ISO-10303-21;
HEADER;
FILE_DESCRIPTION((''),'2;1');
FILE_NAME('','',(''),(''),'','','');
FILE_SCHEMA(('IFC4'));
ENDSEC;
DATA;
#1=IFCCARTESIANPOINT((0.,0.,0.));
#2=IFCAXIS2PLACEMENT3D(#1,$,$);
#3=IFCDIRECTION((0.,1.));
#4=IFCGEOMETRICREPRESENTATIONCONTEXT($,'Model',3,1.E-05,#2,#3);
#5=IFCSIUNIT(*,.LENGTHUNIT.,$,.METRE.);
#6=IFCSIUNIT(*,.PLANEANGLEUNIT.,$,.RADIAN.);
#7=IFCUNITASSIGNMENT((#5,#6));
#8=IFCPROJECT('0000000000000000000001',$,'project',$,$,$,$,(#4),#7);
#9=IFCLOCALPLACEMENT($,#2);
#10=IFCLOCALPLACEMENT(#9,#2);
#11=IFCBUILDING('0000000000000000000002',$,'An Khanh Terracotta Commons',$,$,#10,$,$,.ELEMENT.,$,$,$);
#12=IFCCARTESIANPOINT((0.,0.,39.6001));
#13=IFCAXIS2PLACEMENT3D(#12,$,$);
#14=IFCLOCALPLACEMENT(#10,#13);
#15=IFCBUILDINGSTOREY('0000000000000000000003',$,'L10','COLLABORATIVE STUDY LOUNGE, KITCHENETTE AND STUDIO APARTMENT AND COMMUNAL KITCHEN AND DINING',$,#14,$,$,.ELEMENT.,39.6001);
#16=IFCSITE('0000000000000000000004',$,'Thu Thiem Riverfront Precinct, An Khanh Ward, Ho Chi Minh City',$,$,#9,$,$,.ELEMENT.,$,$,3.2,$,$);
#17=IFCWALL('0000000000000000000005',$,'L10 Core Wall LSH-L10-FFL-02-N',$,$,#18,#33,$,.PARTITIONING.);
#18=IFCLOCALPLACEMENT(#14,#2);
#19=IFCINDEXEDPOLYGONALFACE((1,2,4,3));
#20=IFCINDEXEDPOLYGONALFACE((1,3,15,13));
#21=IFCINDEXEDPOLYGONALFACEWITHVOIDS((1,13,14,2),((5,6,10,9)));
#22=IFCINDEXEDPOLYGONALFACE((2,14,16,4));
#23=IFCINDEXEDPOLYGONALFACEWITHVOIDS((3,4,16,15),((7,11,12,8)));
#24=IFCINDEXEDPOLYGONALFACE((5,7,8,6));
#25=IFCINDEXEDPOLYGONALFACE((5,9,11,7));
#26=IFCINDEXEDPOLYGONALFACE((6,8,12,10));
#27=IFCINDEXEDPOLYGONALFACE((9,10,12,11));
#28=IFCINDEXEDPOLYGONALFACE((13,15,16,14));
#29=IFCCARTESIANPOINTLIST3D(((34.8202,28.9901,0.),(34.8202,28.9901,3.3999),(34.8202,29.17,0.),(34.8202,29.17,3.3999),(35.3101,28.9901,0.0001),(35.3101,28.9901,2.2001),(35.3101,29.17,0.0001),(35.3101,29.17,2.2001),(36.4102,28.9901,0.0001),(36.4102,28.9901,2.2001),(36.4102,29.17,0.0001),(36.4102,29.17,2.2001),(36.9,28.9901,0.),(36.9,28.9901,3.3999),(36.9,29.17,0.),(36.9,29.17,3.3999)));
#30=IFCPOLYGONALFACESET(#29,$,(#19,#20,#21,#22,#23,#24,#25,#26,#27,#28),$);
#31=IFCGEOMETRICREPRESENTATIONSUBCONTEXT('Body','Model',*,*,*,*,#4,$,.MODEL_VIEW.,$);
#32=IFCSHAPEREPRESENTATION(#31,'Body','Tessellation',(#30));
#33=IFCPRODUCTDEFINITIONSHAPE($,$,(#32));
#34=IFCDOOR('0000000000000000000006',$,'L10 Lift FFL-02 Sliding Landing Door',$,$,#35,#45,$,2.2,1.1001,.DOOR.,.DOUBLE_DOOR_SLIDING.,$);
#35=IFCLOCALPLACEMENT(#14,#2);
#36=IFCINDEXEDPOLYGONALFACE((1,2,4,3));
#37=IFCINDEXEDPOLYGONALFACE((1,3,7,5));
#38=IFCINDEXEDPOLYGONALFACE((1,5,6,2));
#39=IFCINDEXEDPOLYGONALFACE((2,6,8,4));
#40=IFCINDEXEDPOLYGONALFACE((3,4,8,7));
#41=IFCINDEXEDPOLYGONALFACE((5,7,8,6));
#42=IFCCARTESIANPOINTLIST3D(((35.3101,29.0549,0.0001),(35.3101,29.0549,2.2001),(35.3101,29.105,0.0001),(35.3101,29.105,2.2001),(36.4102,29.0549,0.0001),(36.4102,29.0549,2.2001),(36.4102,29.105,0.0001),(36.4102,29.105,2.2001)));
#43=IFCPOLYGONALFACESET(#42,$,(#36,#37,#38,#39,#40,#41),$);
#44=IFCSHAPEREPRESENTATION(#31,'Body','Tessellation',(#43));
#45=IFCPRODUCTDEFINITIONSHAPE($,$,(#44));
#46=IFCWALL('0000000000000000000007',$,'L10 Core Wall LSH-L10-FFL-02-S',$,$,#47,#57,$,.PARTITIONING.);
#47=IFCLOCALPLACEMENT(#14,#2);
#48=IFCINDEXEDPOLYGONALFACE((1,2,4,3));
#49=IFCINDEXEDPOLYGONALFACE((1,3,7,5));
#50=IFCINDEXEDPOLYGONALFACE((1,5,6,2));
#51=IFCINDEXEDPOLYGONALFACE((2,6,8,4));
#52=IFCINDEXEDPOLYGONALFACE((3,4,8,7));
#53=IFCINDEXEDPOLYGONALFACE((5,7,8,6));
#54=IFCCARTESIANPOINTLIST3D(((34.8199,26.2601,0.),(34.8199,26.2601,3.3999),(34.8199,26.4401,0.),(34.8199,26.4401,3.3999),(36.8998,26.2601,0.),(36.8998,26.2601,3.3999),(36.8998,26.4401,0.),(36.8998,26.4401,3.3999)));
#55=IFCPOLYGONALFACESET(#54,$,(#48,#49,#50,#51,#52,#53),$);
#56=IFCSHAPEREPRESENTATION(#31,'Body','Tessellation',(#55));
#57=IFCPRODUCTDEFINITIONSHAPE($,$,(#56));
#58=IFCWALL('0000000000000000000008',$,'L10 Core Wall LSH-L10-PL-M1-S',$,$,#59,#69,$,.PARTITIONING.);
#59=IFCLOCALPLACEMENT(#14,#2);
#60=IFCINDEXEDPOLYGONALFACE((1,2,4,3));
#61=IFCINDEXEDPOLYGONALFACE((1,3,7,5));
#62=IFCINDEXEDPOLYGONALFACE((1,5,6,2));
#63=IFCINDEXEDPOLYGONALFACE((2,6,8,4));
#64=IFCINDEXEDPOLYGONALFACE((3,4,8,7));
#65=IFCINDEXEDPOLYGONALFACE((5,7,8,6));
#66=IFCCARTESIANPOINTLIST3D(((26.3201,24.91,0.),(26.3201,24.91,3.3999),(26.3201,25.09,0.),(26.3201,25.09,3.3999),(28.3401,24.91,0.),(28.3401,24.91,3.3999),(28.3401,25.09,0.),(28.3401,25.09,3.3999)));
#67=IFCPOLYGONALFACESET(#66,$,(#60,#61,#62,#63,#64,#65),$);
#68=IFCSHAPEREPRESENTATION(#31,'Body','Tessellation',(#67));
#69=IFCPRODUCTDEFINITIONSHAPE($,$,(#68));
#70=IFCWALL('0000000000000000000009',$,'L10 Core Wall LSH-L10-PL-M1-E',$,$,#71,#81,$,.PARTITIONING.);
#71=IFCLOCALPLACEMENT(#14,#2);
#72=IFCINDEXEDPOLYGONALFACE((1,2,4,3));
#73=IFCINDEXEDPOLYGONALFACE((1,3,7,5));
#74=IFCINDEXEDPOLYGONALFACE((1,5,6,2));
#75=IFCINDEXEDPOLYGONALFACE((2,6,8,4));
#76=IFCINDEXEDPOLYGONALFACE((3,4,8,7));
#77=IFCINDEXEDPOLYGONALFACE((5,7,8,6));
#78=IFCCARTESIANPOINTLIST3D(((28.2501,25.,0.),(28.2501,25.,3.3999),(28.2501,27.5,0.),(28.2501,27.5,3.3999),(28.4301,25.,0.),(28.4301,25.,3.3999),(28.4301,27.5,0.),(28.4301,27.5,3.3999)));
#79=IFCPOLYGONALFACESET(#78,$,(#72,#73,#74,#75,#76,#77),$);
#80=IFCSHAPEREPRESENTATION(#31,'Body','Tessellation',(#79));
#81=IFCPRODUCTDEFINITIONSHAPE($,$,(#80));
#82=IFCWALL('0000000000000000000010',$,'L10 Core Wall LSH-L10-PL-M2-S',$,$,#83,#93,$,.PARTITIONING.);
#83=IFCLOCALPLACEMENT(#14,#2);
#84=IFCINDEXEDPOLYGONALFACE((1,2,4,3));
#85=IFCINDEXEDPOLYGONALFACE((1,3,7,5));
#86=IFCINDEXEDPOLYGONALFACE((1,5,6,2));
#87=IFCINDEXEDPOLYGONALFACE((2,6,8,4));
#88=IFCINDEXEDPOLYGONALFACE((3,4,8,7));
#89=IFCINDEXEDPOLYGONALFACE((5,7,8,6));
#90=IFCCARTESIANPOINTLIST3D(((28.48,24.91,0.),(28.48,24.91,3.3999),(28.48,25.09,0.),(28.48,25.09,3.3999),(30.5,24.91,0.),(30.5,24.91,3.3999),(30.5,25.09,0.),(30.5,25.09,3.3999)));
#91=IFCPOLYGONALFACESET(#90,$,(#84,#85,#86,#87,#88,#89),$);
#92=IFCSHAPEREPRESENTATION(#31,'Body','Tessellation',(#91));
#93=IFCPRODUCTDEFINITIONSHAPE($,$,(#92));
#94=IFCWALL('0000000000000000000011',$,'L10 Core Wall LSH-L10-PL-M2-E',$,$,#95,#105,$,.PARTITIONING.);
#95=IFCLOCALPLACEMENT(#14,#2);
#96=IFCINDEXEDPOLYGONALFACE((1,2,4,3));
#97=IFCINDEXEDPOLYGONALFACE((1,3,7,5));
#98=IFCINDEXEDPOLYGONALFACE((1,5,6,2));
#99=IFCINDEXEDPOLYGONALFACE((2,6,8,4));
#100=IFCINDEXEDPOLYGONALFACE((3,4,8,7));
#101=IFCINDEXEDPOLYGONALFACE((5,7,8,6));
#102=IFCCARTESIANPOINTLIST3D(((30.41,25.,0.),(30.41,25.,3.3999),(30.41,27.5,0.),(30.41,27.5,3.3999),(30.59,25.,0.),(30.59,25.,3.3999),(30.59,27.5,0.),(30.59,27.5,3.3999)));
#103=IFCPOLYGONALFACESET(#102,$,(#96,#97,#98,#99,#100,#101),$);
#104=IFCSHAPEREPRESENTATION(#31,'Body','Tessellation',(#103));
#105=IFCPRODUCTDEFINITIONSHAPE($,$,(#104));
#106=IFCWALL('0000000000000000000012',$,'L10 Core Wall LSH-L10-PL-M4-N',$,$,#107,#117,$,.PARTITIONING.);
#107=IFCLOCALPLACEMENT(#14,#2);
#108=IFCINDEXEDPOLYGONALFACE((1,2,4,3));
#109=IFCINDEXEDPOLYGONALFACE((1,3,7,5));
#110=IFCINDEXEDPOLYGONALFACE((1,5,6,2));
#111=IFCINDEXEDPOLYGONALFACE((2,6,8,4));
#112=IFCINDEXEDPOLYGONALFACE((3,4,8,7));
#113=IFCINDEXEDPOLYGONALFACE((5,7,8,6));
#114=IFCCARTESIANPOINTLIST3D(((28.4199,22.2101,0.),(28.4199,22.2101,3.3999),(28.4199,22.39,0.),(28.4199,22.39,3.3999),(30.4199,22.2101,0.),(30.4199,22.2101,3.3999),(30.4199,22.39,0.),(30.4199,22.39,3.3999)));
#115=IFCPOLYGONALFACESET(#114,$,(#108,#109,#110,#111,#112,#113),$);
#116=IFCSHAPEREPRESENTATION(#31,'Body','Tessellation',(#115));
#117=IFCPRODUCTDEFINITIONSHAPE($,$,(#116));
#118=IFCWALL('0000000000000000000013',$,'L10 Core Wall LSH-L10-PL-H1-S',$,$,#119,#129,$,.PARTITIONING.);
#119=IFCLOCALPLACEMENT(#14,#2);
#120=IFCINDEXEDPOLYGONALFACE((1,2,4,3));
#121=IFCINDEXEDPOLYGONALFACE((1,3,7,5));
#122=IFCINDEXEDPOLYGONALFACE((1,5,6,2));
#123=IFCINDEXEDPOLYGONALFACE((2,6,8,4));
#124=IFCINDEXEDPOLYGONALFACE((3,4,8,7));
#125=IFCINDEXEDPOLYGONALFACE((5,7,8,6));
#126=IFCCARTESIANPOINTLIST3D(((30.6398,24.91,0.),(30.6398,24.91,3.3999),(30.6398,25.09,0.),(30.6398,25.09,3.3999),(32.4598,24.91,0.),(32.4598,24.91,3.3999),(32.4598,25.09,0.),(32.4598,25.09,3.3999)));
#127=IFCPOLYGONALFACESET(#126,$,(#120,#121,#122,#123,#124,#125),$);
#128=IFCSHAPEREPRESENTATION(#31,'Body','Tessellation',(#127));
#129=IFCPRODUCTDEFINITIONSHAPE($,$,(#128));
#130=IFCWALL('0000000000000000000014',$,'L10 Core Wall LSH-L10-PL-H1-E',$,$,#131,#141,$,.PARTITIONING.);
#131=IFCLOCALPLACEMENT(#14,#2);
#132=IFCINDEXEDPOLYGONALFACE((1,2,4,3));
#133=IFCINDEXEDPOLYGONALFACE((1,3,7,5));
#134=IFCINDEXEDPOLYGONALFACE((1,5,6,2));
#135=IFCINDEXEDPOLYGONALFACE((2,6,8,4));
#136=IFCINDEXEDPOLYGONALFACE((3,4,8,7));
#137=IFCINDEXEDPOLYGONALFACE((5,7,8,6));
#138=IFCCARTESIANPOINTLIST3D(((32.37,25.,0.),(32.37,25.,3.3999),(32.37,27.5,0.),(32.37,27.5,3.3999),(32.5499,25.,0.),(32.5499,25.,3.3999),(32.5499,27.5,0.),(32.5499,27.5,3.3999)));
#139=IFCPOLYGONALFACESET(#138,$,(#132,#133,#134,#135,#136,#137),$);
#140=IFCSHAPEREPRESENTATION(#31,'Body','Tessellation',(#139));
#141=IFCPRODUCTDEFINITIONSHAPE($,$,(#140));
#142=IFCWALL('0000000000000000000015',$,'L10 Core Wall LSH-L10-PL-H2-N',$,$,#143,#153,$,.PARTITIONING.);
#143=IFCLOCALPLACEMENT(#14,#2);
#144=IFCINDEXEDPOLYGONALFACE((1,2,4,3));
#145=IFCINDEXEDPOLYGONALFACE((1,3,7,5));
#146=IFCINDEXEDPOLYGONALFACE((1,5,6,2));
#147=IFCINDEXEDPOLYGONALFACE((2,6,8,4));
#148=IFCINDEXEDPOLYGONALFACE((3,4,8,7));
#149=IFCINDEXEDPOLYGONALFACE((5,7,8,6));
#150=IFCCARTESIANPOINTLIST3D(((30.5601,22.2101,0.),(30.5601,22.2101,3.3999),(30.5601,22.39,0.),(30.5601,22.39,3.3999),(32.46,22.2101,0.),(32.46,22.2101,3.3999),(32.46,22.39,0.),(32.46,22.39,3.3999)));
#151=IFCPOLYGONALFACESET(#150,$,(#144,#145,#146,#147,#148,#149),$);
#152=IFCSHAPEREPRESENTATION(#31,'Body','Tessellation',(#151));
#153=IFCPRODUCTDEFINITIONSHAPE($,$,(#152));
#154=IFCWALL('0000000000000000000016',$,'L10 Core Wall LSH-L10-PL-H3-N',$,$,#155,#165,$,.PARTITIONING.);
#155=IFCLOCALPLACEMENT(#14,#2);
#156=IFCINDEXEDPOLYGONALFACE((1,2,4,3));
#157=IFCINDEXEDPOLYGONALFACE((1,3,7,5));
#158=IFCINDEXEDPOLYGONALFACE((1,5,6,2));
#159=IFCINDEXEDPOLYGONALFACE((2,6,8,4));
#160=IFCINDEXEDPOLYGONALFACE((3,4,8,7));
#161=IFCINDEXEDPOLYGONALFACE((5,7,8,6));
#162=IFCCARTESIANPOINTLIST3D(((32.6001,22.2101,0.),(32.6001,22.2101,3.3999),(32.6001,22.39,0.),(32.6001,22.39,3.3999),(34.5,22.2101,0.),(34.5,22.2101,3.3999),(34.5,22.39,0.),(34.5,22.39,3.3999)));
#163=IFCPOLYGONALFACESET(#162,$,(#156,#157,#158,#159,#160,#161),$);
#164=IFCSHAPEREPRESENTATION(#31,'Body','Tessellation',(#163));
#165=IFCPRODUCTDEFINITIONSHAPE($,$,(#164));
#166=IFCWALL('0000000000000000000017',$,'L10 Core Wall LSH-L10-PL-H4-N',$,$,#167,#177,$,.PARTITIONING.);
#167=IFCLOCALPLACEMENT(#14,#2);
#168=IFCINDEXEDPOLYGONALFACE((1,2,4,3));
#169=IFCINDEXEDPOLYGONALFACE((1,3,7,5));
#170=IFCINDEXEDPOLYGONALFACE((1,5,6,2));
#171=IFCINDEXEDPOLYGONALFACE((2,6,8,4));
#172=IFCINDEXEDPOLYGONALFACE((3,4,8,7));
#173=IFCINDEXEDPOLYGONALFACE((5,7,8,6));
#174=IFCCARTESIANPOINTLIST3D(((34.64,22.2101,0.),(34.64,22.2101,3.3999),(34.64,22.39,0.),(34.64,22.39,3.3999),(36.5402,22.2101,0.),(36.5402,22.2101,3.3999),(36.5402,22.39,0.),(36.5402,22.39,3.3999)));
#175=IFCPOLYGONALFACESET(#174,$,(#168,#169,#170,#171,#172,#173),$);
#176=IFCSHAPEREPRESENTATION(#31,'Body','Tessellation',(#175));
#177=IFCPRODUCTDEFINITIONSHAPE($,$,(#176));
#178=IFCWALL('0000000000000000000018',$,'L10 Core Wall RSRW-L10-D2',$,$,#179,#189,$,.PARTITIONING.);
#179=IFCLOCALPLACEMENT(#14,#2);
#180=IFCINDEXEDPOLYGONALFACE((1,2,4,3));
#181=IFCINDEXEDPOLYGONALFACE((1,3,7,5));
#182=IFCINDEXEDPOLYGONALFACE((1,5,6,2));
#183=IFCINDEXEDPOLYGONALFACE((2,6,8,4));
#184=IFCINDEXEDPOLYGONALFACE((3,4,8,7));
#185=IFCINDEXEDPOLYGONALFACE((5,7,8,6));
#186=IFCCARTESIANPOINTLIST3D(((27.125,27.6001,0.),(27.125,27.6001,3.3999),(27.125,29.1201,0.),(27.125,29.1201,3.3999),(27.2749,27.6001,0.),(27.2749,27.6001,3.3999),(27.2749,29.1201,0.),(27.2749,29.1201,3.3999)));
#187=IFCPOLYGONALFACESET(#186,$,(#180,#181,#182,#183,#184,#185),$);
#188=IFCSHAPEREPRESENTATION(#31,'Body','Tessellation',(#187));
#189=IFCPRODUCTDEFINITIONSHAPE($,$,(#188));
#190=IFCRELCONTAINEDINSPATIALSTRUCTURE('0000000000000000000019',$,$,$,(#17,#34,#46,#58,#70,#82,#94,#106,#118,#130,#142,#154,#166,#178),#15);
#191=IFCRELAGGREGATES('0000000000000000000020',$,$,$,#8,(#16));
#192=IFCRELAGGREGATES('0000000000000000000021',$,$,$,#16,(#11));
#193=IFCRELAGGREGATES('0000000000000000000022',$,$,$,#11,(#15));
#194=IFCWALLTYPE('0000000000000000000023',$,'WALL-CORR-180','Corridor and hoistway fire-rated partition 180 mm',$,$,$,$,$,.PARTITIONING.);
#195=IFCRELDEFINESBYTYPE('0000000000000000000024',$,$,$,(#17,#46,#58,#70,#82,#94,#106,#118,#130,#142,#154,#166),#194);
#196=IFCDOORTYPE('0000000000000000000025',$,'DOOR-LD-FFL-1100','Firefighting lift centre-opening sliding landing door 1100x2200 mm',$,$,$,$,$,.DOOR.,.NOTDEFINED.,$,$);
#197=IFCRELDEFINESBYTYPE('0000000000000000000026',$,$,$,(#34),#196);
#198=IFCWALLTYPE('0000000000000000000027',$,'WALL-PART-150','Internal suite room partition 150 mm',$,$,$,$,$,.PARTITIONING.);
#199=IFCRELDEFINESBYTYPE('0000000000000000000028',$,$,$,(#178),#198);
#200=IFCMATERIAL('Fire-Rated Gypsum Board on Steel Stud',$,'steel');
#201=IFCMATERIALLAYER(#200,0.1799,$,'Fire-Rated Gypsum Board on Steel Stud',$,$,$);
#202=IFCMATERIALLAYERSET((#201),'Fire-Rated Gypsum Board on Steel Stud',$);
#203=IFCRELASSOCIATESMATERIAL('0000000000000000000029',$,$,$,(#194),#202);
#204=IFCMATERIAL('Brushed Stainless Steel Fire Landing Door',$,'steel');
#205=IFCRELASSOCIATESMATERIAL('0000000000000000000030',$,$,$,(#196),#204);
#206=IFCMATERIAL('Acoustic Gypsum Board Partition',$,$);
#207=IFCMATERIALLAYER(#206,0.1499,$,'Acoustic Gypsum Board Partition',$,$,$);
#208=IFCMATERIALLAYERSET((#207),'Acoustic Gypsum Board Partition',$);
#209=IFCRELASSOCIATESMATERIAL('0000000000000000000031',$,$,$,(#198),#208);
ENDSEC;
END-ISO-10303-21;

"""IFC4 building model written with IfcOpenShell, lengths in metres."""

from ifc_helpers import new_model, si_unit, direction, frame, frame_2d, origin, place, context, subcontext, project, spatial, rectangle, extrude, material, layer, layer_set, type_object, element, fill, save


model = new_model("IFC4")

# Units and contexts
model_context = context("Model", 3, precision=1e-05, world=origin(), true_north=direction((0.0, 1.0)))
body_context = subcontext(model_context, "Body", "Model", "MODEL_VIEW")
ifc_project = project(units=[si_unit("LENGTHUNIT", "METRE"), si_unit("PLANEANGLEUNIT", "RADIAN")], contexts=[model_context])

# Site, building, storey
site_placement = place(None, origin())
site = spatial("IfcSite", under=ifc_project, at=site_placement, Name="Thu Thiem Riverfront Precinct, An Khanh Ward, Ho Chi Minh City", CompositionType="ELEMENT", RefElevation=3.2)
building_placement = place(site_placement, origin())
building = spatial("IfcBuilding", under=site, at=building_placement, Name="An Khanh Terracotta Commons", CompositionType="ELEMENT")
storey_placement = place(building_placement, frame((0.0, 0.0, 39.6001)))
storey = spatial("IfcBuildingStorey", under=building, at=storey_placement, Name="L10", Description="COLLABORATIVE STUDY LOUNGE, KITCHENETTE AND STUDIO APARTMENT AND COMMUNAL KITCHEN AND DINING", CompositionType="ELEMENT", Elevation=39.6001)

# Shared definitions
ifc_material_1 = material(Name="Fire-Rated Gypsum Board on Steel Stud", Category="steel")
ifc_layer_1 = layer(ifc_material_1, 0.1799, Name="Fire-Rated Gypsum Board on Steel Stud")
ifc_layer_set_1 = layer_set([ifc_layer_1], Name="Fire-Rated Gypsum Board on Steel Stud")
wall_type_1 = type_object("IfcWallType", Name="WALL-CORR-180", Description="Corridor and hoistway fire-rated partition 180 mm", PredefinedType="PARTITIONING", material=ifc_layer_set_1)

# Shared definitions
ifc_material_2 = material(Name="Brushed Stainless Steel Fire Landing Door", Category="steel")
door_type_1 = type_object("IfcDoorType", Name="DOOR-LD-FFL-1100", Description="Firefighting lift centre-opening sliding landing door 1100x2200 mm", OperationType="NOTDEFINED", PredefinedType="DOOR", material=ifc_material_2)

# Wall, opening, door
wall_1_placement = place(storey_placement, frame((34.8201, 29.0801, 0.0), z_axis=(0.0, 0.0, 1.0), x_axis=(1.0, 0.0, 0.0)))
wall_1 = element("IfcWall", 1, at=wall_1_placement, inside=storey, type_object=wall_type_1, Name="L10 Core Wall LSH-L10-FFL-02-N", PredefinedType="PARTITIONING", context=body_context, shape_type="SweptSolid", body=[
    extrude(rectangle(XDim=2.0798, YDim=0.1799, at=frame_2d((1.04, 0.0))), origin(), (0.0, 0.0, 1.0), 3.3999),
])
opening_1_placement = place(wall_1_placement, frame((0.49, 0.0, 0.0)))
opening_1 = element("IfcOpeningElement", 2, at=opening_1_placement, cuts=wall_1, PredefinedType="OPENING", context=body_context, shape_type="SweptSolid", body=[
    extrude(rectangle(XDim=1.1001, YDim=2.2, at=frame_2d((0.55, 1.1001))), frame((0.0, 0.0999, 0.0), z_axis=(0.0, -1.0, 0.0), x_axis=(1.0, 0.0, 0.0)), (0.0, 0.0, 1.0), 0.2),
])
door_1_placement = place(opening_1_placement, origin())
door_1 = element("IfcDoor", 3, at=door_1_placement, inside=storey, type_object=door_type_1, Name="L10 Lift FFL-02 Sliding Landing Door", OperationType="DOUBLE_DOOR_SLIDING", OverallHeight=2.2, OverallWidth=1.1001, PredefinedType="DOOR", context=body_context, shape_type="SweptSolid", body=[
    extrude(rectangle(XDim=1.1001, YDim=2.2, at=frame_2d((0.55, 1.1001))), frame((0.0, 0.0249, 0.0), z_axis=(0.0, -1.0, 0.0), x_axis=(1.0, 0.0, 0.0)), (0.0, 0.0, 1.0), 0.05),
])
fill(opening_1, door_1)

# Walls
wall_2_placement = place(storey_placement, frame((36.8999, 26.3501, 0.0), z_axis=(0.0, 0.0, 1.0), x_axis=(-1.0, 0.0, 0.0)))
element("IfcWall", 4, at=wall_2_placement, inside=storey, type_object=wall_type_1, Name="L10 Core Wall LSH-L10-FFL-02-S", PredefinedType="PARTITIONING", context=body_context, shape_type="SweptSolid", body=[
    extrude(rectangle(XDim=2.0798, YDim=0.1799, at=frame_2d((1.04, 0.0))), origin(), (0.0, 0.0, 1.0), 3.3999),
])
wall_3_placement = place(storey_placement, frame((28.3401, 25.0, 0.0), z_axis=(0.0, 0.0, 1.0), x_axis=(-1.0, 0.0, 0.0)))
element("IfcWall", 5, at=wall_3_placement, inside=storey, type_object=wall_type_1, Name="L10 Core Wall LSH-L10-PL-M1-S", PredefinedType="PARTITIONING", context=body_context, shape_type="SweptSolid", body=[
    extrude(rectangle(XDim=2.02, YDim=0.1799, at=frame_2d((1.01, 0.0))), origin(), (0.0, 0.0, 1.0), 3.3999),
])
wall_4_placement = place(storey_placement, frame((28.3401, 25.0, 0.0), z_axis=(0.0, 0.0, 1.0), x_axis=(0.0, 1.0, 0.0)))
element("IfcWall", 6, at=wall_4_placement, inside=storey, type_object=wall_type_1, Name="L10 Core Wall LSH-L10-PL-M1-E", PredefinedType="PARTITIONING", context=body_context, shape_type="SweptSolid", body=[
    extrude(rectangle(XDim=2.5, YDim=0.1799, at=frame_2d((1.25, 0.0))), origin(), (0.0, 0.0, 1.0), 3.3999),
])
wall_5_placement = place(storey_placement, frame((30.5, 25.0, 0.0), z_axis=(0.0, 0.0, 1.0), x_axis=(-1.0, 0.0, 0.0)))
element("IfcWall", 7, at=wall_5_placement, inside=storey, type_object=wall_type_1, Name="L10 Core Wall LSH-L10-PL-M2-S", PredefinedType="PARTITIONING", context=body_context, shape_type="SweptSolid", body=[
    extrude(rectangle(XDim=2.02, YDim=0.1799, at=frame_2d((1.01, 0.0))), origin(), (0.0, 0.0, 1.0), 3.3999),
])
wall_6_placement = place(storey_placement, frame((30.5, 25.0, 0.0), z_axis=(0.0, 0.0, 1.0), x_axis=(0.0, 1.0, 0.0)))
element("IfcWall", 8, at=wall_6_placement, inside=storey, type_object=wall_type_1, Name="L10 Core Wall LSH-L10-PL-M2-E", PredefinedType="PARTITIONING", context=body_context, shape_type="SweptSolid", body=[
    extrude(rectangle(XDim=2.5, YDim=0.1799, at=frame_2d((1.25, 0.0))), origin(), (0.0, 0.0, 1.0), 3.3999),
])
wall_7_placement = place(storey_placement, frame((28.4199, 22.3, 0.0), z_axis=(0.0, 0.0, 1.0), x_axis=(1.0, 0.0, 0.0)))
element("IfcWall", 9, at=wall_7_placement, inside=storey, type_object=wall_type_1, Name="L10 Core Wall LSH-L10-PL-M4-N", PredefinedType="PARTITIONING", context=body_context, shape_type="SweptSolid", body=[
    extrude(rectangle(XDim=2.0, YDim=0.1799, at=frame_2d((1.0, 0.0))), origin(), (0.0, 0.0, 1.0), 3.3999),
])
wall_8_placement = place(storey_placement, frame((32.46, 25.0, 0.0), z_axis=(0.0, 0.0, 1.0), x_axis=(-1.0, 0.0, 0.0)))
element("IfcWall", 10, at=wall_8_placement, inside=storey, type_object=wall_type_1, Name="L10 Core Wall LSH-L10-PL-H1-S", PredefinedType="PARTITIONING", context=body_context, shape_type="SweptSolid", body=[
    extrude(rectangle(XDim=1.8201, YDim=0.1799, at=frame_2d((0.9102, 0.0))), origin(), (0.0, 0.0, 1.0), 3.3999),
])
wall_9_placement = place(storey_placement, frame((32.46, 25.0, 0.0), z_axis=(0.0, 0.0, 1.0), x_axis=(0.0, 1.0, 0.0)))
element("IfcWall", 11, at=wall_9_placement, inside=storey, type_object=wall_type_1, Name="L10 Core Wall LSH-L10-PL-H1-E", PredefinedType="PARTITIONING", context=body_context, shape_type="SweptSolid", body=[
    extrude(rectangle(XDim=2.5, YDim=0.1799, at=frame_2d((1.25, 0.0))), origin(), (0.0, 0.0, 1.0), 3.3999),
])
for number, where, z_axis, x_axis, name in (
    (12, (30.5601, 22.3, 0.0), (0.0, 0.0, 1.0), (1.0, 0.0, 0.0), "L10 Core Wall LSH-L10-PL-H2-N"),
    (13, (32.6001, 22.3, 0.0), (0.0, 0.0, 1.0), (1.0, 0.0, 0.0), "L10 Core Wall LSH-L10-PL-H3-N"),
):
    element("IfcWall", number, at=place(storey_placement, frame(where, z_axis=z_axis, x_axis=x_axis)), inside=storey, type_object=wall_type_1, Name=name, PredefinedType="PARTITIONING", context=body_context, shape_type="SweptSolid", body=[
        extrude(rectangle(XDim=1.8999, YDim=0.1799, at=frame_2d((0.95, 0.0))), origin(), (0.0, 0.0, 1.0), 3.3999),
    ])
wall_10_placement = place(storey_placement, frame((34.6399, 22.3, 0.0), z_axis=(0.0, 0.0, 1.0), x_axis=(1.0, 0.0, 0.0)))
element("IfcWall", 14, at=wall_10_placement, inside=storey, type_object=wall_type_1, Name="L10 Core Wall LSH-L10-PL-H4-N", PredefinedType="PARTITIONING", context=body_context, shape_type="SweptSolid", body=[
    extrude(rectangle(XDim=1.9001, YDim=0.1799, at=frame_2d((0.9502, 0.0))), origin(), (0.0, 0.0, 1.0), 3.3999),
])
ifc_material_3 = material(Name="Acoustic Gypsum Board Partition")
ifc_layer_2 = layer(ifc_material_3, 0.1499, Name="Acoustic Gypsum Board Partition")
ifc_layer_set_2 = layer_set([ifc_layer_2], Name="Acoustic Gypsum Board Partition")
wall_type_2 = type_object("IfcWallType", Name="WALL-PART-150", Description="Internal suite room partition 150 mm", PredefinedType="PARTITIONING", material=ifc_layer_set_2)
for number, where, z_axis, x_axis, name in (
    (15, (27.2, 27.6001, 0.0), (0.0, 0.0, 1.0), (0.0, 1.0, 0.0), "L10 Core Wall RSRW-L10-D2"),
):
    element("IfcWall", number, at=place(storey_placement, frame(where, z_axis=z_axis, x_axis=x_axis)), inside=storey, type_object=wall_type_2, Name=name, PredefinedType="PARTITIONING", context=body_context, shape_type="SweptSolid", body=[
        extrude(rectangle(XDim=1.52, YDim=0.1499, at=frame_2d((0.76, 0.0))), origin(), (0.0, 0.0, 1.0), 3.3999),
    ])

save(model, "model.ifc")
